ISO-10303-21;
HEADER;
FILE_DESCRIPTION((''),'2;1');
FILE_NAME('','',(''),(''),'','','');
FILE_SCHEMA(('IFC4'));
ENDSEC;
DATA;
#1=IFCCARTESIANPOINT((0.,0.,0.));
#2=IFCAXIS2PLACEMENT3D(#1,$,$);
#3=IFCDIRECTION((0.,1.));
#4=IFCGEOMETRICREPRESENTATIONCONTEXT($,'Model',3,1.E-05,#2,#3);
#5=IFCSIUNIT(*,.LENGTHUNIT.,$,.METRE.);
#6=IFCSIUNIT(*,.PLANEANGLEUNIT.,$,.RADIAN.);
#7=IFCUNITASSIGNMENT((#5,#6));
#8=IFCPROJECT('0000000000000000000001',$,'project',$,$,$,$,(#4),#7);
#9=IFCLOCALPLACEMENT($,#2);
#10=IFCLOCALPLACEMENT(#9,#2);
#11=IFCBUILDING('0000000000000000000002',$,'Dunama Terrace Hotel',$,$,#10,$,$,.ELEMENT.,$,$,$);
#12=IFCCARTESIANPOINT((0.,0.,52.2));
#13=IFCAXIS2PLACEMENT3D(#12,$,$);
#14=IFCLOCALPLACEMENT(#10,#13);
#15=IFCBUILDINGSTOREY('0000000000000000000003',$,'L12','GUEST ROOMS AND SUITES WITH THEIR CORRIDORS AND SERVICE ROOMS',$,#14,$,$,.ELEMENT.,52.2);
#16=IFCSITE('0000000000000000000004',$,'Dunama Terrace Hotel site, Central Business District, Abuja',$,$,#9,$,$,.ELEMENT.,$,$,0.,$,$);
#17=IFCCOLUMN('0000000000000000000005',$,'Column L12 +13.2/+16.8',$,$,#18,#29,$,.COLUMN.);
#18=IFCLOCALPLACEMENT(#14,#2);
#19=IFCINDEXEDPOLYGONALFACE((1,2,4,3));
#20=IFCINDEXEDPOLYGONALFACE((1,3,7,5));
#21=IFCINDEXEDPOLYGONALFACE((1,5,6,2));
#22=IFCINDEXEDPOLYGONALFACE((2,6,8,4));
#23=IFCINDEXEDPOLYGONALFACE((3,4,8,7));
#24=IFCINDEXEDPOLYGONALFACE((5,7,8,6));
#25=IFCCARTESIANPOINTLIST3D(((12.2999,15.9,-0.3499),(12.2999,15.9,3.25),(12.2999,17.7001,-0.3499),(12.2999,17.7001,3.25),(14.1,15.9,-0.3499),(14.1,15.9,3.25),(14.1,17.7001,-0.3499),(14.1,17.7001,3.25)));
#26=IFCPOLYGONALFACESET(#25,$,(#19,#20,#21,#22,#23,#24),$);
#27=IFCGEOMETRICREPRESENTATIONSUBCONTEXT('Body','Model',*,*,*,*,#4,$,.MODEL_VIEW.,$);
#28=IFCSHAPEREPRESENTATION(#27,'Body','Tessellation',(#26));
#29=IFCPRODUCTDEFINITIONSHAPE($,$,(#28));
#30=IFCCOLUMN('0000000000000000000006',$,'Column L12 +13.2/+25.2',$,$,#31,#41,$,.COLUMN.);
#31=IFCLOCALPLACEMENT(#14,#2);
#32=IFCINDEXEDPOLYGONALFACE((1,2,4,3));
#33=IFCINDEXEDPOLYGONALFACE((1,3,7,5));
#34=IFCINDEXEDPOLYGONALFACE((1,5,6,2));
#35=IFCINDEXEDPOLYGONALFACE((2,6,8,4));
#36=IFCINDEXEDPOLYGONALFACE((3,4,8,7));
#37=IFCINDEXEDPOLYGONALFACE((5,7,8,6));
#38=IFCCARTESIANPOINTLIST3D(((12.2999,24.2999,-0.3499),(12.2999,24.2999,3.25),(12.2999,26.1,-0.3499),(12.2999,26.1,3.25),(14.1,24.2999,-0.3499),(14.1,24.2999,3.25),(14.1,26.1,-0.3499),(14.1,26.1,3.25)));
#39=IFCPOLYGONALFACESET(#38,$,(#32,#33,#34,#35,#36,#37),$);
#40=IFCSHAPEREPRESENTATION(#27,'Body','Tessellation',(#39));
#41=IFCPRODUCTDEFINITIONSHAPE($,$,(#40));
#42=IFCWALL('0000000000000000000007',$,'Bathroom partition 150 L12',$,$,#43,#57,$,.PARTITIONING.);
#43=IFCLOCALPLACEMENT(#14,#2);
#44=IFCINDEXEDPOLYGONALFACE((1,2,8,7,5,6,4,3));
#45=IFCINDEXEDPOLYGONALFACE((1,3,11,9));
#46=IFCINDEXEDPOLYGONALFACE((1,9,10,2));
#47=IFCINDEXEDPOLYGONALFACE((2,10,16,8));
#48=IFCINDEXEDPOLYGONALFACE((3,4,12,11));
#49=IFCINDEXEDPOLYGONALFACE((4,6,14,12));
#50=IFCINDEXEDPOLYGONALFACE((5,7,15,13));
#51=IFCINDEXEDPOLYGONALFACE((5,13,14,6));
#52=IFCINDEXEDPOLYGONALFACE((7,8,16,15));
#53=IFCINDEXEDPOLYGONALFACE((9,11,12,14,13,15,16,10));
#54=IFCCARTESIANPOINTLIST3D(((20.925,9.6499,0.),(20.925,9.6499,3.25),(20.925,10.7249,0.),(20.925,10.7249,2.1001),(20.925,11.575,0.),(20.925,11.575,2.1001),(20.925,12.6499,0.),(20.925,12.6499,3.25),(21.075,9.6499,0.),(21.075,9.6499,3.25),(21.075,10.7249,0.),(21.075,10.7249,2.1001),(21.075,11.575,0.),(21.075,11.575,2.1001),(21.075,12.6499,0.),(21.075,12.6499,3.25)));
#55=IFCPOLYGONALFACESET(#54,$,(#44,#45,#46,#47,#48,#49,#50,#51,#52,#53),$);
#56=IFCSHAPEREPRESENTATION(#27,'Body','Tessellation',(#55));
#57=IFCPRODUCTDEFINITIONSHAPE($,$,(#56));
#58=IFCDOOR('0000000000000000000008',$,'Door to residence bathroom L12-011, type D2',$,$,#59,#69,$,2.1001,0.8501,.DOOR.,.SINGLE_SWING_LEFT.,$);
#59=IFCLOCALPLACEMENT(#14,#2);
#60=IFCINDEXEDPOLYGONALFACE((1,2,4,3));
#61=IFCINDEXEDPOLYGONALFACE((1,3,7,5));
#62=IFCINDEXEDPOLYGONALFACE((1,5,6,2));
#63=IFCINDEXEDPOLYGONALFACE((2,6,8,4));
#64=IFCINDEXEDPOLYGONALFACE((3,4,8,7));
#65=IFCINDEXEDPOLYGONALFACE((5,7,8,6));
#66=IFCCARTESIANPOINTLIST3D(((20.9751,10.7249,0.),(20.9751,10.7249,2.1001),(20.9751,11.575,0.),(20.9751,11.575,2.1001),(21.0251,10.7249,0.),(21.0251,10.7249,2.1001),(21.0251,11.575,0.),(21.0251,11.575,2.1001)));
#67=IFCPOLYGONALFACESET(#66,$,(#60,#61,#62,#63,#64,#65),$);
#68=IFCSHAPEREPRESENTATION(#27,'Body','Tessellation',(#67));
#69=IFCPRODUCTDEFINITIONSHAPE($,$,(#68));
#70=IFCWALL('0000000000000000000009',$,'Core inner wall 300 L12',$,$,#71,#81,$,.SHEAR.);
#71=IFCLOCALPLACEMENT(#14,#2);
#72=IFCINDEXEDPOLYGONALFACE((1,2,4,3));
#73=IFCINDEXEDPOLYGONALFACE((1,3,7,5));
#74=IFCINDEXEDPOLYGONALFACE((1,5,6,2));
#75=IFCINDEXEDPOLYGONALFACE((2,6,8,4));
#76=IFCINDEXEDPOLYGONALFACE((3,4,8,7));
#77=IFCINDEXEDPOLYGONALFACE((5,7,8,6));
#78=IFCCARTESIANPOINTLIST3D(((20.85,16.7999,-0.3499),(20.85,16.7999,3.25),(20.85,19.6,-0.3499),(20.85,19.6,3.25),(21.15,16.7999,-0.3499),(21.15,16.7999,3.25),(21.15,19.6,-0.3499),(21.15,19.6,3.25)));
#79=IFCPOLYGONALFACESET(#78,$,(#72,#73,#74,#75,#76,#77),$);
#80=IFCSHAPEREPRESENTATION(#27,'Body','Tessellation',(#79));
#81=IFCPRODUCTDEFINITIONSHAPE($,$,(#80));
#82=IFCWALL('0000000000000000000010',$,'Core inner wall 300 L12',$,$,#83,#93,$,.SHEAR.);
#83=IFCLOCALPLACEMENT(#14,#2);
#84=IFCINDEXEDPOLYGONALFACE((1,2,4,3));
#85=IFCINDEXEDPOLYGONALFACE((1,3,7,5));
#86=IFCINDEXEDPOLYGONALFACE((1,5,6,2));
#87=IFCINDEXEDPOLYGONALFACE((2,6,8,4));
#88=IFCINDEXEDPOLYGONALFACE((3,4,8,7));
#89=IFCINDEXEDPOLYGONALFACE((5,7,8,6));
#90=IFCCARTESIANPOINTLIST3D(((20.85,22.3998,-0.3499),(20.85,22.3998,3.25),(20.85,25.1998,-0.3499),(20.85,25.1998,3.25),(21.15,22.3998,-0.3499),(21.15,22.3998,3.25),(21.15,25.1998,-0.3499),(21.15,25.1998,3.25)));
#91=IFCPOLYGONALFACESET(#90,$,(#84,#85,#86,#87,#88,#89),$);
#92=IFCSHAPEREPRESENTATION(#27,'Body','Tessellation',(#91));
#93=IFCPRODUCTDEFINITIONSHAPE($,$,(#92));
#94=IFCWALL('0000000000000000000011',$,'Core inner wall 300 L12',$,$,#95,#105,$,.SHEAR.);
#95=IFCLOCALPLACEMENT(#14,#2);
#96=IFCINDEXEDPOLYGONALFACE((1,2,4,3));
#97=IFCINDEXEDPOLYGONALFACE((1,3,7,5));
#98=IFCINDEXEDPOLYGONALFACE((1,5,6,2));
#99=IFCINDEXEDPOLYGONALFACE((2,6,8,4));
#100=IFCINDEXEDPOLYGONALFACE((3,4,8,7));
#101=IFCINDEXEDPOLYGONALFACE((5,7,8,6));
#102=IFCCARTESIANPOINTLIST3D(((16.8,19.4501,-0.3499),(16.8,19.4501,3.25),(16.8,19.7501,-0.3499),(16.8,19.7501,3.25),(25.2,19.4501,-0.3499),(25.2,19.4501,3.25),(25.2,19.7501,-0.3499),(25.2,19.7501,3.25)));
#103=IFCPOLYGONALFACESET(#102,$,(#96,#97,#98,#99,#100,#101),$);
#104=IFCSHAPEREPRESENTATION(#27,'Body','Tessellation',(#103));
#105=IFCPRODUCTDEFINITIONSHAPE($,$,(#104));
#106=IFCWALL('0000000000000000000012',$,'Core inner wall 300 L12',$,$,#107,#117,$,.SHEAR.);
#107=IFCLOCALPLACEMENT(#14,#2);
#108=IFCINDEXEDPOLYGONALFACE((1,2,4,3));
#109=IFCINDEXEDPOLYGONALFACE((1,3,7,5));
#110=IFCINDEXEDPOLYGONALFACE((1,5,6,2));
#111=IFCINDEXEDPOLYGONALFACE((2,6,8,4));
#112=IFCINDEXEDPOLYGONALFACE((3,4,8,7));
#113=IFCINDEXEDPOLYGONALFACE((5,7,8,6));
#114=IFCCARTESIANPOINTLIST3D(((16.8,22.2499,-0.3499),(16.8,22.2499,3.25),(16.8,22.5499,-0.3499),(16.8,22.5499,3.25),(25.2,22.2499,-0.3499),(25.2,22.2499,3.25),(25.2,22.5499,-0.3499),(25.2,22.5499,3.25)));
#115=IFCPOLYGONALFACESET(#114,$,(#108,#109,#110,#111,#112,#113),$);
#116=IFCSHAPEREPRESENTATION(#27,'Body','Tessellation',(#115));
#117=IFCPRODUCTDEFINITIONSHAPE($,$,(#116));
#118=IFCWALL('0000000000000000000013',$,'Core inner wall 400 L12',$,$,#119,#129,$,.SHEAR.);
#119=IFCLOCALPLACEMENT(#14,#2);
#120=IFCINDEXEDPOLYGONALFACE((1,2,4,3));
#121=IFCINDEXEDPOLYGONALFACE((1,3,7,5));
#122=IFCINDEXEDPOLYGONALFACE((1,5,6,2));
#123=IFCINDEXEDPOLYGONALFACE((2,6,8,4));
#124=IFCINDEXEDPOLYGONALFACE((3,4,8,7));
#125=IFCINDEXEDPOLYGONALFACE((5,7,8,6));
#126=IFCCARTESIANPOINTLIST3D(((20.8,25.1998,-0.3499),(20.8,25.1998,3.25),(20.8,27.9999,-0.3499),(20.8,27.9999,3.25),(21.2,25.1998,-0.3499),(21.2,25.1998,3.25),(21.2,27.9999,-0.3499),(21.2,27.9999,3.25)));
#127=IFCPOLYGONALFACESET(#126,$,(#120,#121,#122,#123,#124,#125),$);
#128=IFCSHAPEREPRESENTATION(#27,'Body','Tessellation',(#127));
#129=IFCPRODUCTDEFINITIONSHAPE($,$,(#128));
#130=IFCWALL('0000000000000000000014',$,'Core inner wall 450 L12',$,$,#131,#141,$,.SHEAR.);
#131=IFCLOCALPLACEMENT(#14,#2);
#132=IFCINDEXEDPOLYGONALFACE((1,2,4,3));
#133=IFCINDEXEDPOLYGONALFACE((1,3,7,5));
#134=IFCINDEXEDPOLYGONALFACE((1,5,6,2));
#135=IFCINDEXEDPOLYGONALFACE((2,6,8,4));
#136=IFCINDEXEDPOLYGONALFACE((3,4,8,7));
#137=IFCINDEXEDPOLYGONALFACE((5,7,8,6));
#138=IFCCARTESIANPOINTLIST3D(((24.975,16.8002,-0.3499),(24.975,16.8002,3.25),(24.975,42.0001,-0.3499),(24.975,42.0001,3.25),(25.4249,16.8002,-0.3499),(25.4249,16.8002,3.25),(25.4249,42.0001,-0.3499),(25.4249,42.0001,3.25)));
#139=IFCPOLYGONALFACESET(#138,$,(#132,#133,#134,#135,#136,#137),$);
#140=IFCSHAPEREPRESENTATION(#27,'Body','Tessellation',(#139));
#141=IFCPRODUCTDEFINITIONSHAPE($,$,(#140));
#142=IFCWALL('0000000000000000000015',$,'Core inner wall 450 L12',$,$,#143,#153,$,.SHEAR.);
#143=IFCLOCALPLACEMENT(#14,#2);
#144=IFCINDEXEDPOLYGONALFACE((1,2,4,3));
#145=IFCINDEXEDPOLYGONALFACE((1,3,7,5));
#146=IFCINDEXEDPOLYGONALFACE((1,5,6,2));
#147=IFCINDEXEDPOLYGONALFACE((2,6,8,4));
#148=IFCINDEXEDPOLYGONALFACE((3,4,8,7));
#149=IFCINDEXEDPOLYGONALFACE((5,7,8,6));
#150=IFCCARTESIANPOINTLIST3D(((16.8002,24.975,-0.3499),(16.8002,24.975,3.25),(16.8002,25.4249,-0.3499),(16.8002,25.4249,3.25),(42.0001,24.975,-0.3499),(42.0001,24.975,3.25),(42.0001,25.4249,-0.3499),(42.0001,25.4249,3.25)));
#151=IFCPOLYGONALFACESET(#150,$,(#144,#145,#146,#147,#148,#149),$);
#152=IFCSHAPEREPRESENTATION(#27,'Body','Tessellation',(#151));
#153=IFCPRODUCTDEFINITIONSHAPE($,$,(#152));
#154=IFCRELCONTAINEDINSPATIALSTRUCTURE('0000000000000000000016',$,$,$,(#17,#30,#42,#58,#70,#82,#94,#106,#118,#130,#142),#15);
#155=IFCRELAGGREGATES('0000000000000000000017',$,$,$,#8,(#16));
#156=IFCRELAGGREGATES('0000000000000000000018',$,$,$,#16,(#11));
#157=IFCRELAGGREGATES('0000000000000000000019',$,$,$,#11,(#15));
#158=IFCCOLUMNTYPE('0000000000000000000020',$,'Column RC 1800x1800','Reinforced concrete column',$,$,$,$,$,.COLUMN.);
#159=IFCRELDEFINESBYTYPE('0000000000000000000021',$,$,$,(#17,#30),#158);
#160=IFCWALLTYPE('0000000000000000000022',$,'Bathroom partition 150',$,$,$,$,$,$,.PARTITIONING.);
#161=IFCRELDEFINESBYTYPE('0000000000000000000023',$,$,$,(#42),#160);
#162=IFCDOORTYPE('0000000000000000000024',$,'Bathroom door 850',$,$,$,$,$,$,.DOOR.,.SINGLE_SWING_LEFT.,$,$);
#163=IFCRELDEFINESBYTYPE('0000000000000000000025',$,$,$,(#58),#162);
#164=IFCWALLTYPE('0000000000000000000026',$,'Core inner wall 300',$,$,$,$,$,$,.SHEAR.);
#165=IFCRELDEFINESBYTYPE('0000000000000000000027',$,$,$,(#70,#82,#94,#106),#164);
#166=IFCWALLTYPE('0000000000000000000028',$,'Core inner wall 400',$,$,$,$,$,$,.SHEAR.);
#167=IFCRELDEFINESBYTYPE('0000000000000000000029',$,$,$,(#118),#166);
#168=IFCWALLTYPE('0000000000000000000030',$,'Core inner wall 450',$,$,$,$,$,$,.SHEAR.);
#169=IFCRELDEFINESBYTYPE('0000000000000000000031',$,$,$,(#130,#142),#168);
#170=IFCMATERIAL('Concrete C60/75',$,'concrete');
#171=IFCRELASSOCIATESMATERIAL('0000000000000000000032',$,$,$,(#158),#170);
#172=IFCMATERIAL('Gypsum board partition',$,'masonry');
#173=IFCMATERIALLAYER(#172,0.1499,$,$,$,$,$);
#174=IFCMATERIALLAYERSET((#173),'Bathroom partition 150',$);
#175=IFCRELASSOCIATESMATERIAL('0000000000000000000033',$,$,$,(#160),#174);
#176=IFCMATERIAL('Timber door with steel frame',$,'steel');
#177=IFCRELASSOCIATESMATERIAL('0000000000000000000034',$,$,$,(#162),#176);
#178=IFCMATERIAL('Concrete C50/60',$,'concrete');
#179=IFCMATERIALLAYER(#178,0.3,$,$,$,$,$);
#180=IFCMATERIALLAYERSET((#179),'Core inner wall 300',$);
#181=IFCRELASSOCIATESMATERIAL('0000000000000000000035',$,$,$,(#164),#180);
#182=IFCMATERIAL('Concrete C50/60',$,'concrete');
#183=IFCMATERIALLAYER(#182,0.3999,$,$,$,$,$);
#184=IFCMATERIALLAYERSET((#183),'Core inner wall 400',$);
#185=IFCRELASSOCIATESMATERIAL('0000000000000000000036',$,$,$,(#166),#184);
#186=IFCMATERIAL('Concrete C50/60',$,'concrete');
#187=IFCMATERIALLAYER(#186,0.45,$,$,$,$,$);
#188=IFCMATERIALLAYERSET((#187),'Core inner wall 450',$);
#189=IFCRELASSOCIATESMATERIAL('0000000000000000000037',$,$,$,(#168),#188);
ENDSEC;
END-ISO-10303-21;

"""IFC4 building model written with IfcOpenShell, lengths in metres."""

from ifc_helpers import new_model, si_unit, direction, frame, frame_2d, origin, origin_2d, place, context, subcontext, project, spatial, rectangle, extrude, material, layer, layer_set, material_profile, profile_set, type_object, element, fill, save


model = new_model("IFC4")

# Units and contexts
model_context = context("Model", 3, precision=1e-05, world=origin(), true_north=direction((0.0, 1.0)))
body_context = subcontext(model_context, "Body", "Model", "MODEL_VIEW")
ifc_project = project(units=[si_unit("LENGTHUNIT", "METRE"), si_unit("PLANEANGLEUNIT", "RADIAN")], contexts=[model_context])

# Site, building, storey
site_placement = place(None, origin())
site = spatial("IfcSite", under=ifc_project, at=site_placement, Name="Dunama Terrace Hotel site, Central Business District, Abuja", CompositionType="ELEMENT", RefElevation=0.0)
building_placement = place(site_placement, origin())
building = spatial("IfcBuilding", under=site, at=building_placement, Name="Dunama Terrace Hotel", CompositionType="ELEMENT")
storey_placement = place(building_placement, frame((0.0, 0.0, 52.2)))
storey = spatial("IfcBuildingStorey", under=building, at=storey_placement, Name="L12", Description="GUEST ROOMS AND SUITES WITH THEIR CORRIDORS AND SERVICE ROOMS", CompositionType="ELEMENT", Elevation=52.2)

# Columns
ifc_material_1 = material(Name="Concrete C60/75", Category="concrete")
ifc_material_profile = material_profile(ifc_material_1, rectangle(XDim=1.8, YDim=1.8, at=origin_2d()), Name="RC 1800x1800")
ifc_profile_set = profile_set([ifc_material_profile], Name="Concrete C60/75")
column_type = type_object("IfcColumnType", Name="Column RC 1800x1800", Description="Reinforced concrete column", PredefinedType="COLUMN", material=ifc_profile_set)
for number, where, z_axis, x_axis, name in (
    (1, (13.2, 16.8, -0.3499), (0.0, 0.0, 1.0), (1.0, 0.0, 0.0), "Column L12 +13.2/+16.8"),
    (2, (13.2, 25.2, -0.3499), (0.0, 0.0, 1.0), (1.0, 0.0, 0.0), "Column L12 +13.2/+25.2"),
):
    element("IfcColumn", number, at=place(storey_placement, frame(where, z_axis=z_axis, x_axis=x_axis)), inside=storey, type_object=column_type, Name=name, PredefinedType="COLUMN", context=body_context, shape_type="SweptSolid", body=[
        extrude(rectangle(XDim=1.8, YDim=1.8, at=origin_2d()), origin(), (0.0, 0.0, 1.0), 3.5999),
    ])

# Wall, opening, door
ifc_material_2 = material(Name="Gypsum board partition", Category="masonry")
ifc_layer_1 = layer(ifc_material_2, 0.1499)
ifc_layer_set_1 = layer_set([ifc_layer_1], Name="Bathroom partition 150")
wall_type_1 = type_object("IfcWallType", Name="Bathroom partition 150", PredefinedType="PARTITIONING", material=ifc_layer_set_1)
wall_1_placement = place(storey_placement, frame((21.0, 9.6499, 0.0), z_axis=(0.0, 0.0, 1.0), x_axis=(0.0, 1.0, 0.0)))
wall_1 = element("IfcWall", 3, at=wall_1_placement, inside=storey, type_object=wall_type_1, Name="Bathroom partition 150 L12", PredefinedType="PARTITIONING", context=body_context, shape_type="SweptSolid", body=[
    extrude(rectangle(XDim=3.0, YDim=0.1499, at=frame_2d((1.5, 0.0))), origin(), (0.0, 0.0, 1.0), 3.25),
])
opening_1_placement = place(wall_1_placement, frame((1.075, 0.0, 0.0)))
opening_1 = element("IfcOpeningElement", 4, at=opening_1_placement, cuts=wall_1, PredefinedType="OPENING", context=body_context, shape_type="SweptSolid", body=[
    extrude(rectangle(XDim=0.8501, YDim=2.1001, at=frame_2d((0.425, 1.05))), frame((0.0, 0.085, 0.0), z_axis=(0.0, -1.0, 0.0), x_axis=(1.0, 0.0, 0.0)), (0.0, 0.0, 1.0), 0.1699),
])
ifc_material_3 = material(Name="Timber door with steel frame", Category="steel")
door_type_1 = type_object("IfcDoorType", Name="Bathroom door 850", OperationType="SINGLE_SWING_LEFT", PredefinedType="DOOR", material=ifc_material_3)
door_1_placement = place(opening_1_placement, frame((0.8501, 0.0, 0.0), z_axis=(0.0, 0.0, 1.0), x_axis=(-1.0, 0.0, 0.0)))
door_1 = element("IfcDoor", 5, at=door_1_placement, inside=storey, type_object=door_type_1, Name="Door to residence bathroom L12-011, type D2", OperationType="SINGLE_SWING_LEFT", OverallHeight=2.1001, OverallWidth=0.8501, PredefinedType="DOOR", context=body_context, shape_type="SweptSolid", body=[
    extrude(rectangle(XDim=0.8501, YDim=2.1001, at=frame_2d((0.425, 1.05))), frame((0.0, 0.0251, 0.0), z_axis=(0.0, -1.0, 0.0), x_axis=(1.0, 0.0, 0.0)), (0.0, 0.0, 1.0), 0.05),
])
fill(opening_1, door_1)

# Walls
ifc_material_4 = material(Name="Concrete C50/60", Category="concrete")
ifc_layer_2 = layer(ifc_material_4, 0.3)
ifc_layer_set_2 = layer_set([ifc_layer_2], Name="Core inner wall 300")
wall_type_2 = type_object("IfcWallType", Name="Core inner wall 300", PredefinedType="SHEAR", material=ifc_layer_set_2)
for number, where, z_axis, x_axis, name in (
    (6, (21.0, 16.8, -0.3499), (0.0, 0.0, 1.0), (0.0, 1.0, 0.0), "Core inner wall 300 L12"),
    (7, (21.0, 22.3999, -0.3499), (0.0, 0.0, 1.0), (0.0, 1.0, 0.0), "Core inner wall 300 L12"),
):
    element("IfcWall", number, at=place(storey_placement, frame(where, z_axis=z_axis, x_axis=x_axis)), inside=storey, type_object=wall_type_2, Name=name, PredefinedType="SHEAR", context=body_context, shape_type="SweptSolid", body=[
        extrude(rectangle(XDim=2.8, YDim=0.3, at=frame_2d((1.3999, 0.0))), origin(), (0.0, 0.0, 1.0), 3.5999),
    ])
for number, where, z_axis, x_axis, name in (
    (8, (16.8, 19.6001, -0.3499), (0.0, 0.0, 1.0), (1.0, 0.0, 0.0), "Core inner wall 300 L12"),
    (9, (16.8, 22.3999, -0.3499), (0.0, 0.0, 1.0), (1.0, 0.0, 0.0), "Core inner wall 300 L12"),
):
    element("IfcWall", number, at=place(storey_placement, frame(where, z_axis=z_axis, x_axis=x_axis)), inside=storey, type_object=wall_type_2, Name=name, PredefinedType="SHEAR", context=body_context, shape_type="SweptSolid", body=[
        extrude(rectangle(XDim=8.3999, YDim=0.3, at=frame_2d((4.2, 0.0))), origin(), (0.0, 0.0, 1.0), 3.5999),
    ])
ifc_material_5 = material(Name="Concrete C50/60", Category="concrete")
ifc_layer_3 = layer(ifc_material_5, 0.3999)
ifc_layer_set_3 = layer_set([ifc_layer_3], Name="Core inner wall 400")
wall_type_3 = type_object("IfcWallType", Name="Core inner wall 400", PredefinedType="SHEAR", material=ifc_layer_set_3)
wall_2_placement = place(storey_placement, frame((21.0, 25.2, -0.3499), z_axis=(0.0, 0.0, 1.0), x_axis=(0.0, 1.0, 0.0)))
element("IfcWall", 10, at=wall_2_placement, inside=storey, type_object=wall_type_3, Name="Core inner wall 400 L12", PredefinedType="SHEAR", context=body_context, shape_type="SweptSolid", body=[
    extrude(rectangle(XDim=2.8, YDim=0.3999, at=frame_2d((1.3999, 0.0))), origin(), (0.0, 0.0, 1.0), 3.5999),
])
ifc_material_6 = material(Name="Concrete C50/60", Category="concrete")
ifc_layer_4 = layer(ifc_material_6, 0.45)
ifc_layer_set_4 = layer_set([ifc_layer_4], Name="Core inner wall 450")
wall_type_4 = type_object("IfcWallType", Name="Core inner wall 450", PredefinedType="SHEAR", material=ifc_layer_set_4)
for number, where, z_axis, x_axis, name in (
    (11, (25.2, 16.8, -0.3499), (0.0, 0.0, 1.0), (0.0, 1.0, 0.0), "Core inner wall 450 L12"),
    (12, (16.8, 25.2, -0.3499), (0.0, 0.0, 1.0), (1.0, 0.0, 0.0), "Core inner wall 450 L12"),
):
    element("IfcWall", number, at=place(storey_placement, frame(where, z_axis=z_axis, x_axis=x_axis)), inside=storey, type_object=wall_type_4, Name=name, PredefinedType="SHEAR", context=body_context, shape_type="SweptSolid", body=[
        extrude(rectangle(XDim=25.2, YDim=0.45, at=frame_2d((12.6001, 0.0))), origin(), (0.0, 0.0, 1.0), 3.5999),
    ])

save(model, "model.ifc")
